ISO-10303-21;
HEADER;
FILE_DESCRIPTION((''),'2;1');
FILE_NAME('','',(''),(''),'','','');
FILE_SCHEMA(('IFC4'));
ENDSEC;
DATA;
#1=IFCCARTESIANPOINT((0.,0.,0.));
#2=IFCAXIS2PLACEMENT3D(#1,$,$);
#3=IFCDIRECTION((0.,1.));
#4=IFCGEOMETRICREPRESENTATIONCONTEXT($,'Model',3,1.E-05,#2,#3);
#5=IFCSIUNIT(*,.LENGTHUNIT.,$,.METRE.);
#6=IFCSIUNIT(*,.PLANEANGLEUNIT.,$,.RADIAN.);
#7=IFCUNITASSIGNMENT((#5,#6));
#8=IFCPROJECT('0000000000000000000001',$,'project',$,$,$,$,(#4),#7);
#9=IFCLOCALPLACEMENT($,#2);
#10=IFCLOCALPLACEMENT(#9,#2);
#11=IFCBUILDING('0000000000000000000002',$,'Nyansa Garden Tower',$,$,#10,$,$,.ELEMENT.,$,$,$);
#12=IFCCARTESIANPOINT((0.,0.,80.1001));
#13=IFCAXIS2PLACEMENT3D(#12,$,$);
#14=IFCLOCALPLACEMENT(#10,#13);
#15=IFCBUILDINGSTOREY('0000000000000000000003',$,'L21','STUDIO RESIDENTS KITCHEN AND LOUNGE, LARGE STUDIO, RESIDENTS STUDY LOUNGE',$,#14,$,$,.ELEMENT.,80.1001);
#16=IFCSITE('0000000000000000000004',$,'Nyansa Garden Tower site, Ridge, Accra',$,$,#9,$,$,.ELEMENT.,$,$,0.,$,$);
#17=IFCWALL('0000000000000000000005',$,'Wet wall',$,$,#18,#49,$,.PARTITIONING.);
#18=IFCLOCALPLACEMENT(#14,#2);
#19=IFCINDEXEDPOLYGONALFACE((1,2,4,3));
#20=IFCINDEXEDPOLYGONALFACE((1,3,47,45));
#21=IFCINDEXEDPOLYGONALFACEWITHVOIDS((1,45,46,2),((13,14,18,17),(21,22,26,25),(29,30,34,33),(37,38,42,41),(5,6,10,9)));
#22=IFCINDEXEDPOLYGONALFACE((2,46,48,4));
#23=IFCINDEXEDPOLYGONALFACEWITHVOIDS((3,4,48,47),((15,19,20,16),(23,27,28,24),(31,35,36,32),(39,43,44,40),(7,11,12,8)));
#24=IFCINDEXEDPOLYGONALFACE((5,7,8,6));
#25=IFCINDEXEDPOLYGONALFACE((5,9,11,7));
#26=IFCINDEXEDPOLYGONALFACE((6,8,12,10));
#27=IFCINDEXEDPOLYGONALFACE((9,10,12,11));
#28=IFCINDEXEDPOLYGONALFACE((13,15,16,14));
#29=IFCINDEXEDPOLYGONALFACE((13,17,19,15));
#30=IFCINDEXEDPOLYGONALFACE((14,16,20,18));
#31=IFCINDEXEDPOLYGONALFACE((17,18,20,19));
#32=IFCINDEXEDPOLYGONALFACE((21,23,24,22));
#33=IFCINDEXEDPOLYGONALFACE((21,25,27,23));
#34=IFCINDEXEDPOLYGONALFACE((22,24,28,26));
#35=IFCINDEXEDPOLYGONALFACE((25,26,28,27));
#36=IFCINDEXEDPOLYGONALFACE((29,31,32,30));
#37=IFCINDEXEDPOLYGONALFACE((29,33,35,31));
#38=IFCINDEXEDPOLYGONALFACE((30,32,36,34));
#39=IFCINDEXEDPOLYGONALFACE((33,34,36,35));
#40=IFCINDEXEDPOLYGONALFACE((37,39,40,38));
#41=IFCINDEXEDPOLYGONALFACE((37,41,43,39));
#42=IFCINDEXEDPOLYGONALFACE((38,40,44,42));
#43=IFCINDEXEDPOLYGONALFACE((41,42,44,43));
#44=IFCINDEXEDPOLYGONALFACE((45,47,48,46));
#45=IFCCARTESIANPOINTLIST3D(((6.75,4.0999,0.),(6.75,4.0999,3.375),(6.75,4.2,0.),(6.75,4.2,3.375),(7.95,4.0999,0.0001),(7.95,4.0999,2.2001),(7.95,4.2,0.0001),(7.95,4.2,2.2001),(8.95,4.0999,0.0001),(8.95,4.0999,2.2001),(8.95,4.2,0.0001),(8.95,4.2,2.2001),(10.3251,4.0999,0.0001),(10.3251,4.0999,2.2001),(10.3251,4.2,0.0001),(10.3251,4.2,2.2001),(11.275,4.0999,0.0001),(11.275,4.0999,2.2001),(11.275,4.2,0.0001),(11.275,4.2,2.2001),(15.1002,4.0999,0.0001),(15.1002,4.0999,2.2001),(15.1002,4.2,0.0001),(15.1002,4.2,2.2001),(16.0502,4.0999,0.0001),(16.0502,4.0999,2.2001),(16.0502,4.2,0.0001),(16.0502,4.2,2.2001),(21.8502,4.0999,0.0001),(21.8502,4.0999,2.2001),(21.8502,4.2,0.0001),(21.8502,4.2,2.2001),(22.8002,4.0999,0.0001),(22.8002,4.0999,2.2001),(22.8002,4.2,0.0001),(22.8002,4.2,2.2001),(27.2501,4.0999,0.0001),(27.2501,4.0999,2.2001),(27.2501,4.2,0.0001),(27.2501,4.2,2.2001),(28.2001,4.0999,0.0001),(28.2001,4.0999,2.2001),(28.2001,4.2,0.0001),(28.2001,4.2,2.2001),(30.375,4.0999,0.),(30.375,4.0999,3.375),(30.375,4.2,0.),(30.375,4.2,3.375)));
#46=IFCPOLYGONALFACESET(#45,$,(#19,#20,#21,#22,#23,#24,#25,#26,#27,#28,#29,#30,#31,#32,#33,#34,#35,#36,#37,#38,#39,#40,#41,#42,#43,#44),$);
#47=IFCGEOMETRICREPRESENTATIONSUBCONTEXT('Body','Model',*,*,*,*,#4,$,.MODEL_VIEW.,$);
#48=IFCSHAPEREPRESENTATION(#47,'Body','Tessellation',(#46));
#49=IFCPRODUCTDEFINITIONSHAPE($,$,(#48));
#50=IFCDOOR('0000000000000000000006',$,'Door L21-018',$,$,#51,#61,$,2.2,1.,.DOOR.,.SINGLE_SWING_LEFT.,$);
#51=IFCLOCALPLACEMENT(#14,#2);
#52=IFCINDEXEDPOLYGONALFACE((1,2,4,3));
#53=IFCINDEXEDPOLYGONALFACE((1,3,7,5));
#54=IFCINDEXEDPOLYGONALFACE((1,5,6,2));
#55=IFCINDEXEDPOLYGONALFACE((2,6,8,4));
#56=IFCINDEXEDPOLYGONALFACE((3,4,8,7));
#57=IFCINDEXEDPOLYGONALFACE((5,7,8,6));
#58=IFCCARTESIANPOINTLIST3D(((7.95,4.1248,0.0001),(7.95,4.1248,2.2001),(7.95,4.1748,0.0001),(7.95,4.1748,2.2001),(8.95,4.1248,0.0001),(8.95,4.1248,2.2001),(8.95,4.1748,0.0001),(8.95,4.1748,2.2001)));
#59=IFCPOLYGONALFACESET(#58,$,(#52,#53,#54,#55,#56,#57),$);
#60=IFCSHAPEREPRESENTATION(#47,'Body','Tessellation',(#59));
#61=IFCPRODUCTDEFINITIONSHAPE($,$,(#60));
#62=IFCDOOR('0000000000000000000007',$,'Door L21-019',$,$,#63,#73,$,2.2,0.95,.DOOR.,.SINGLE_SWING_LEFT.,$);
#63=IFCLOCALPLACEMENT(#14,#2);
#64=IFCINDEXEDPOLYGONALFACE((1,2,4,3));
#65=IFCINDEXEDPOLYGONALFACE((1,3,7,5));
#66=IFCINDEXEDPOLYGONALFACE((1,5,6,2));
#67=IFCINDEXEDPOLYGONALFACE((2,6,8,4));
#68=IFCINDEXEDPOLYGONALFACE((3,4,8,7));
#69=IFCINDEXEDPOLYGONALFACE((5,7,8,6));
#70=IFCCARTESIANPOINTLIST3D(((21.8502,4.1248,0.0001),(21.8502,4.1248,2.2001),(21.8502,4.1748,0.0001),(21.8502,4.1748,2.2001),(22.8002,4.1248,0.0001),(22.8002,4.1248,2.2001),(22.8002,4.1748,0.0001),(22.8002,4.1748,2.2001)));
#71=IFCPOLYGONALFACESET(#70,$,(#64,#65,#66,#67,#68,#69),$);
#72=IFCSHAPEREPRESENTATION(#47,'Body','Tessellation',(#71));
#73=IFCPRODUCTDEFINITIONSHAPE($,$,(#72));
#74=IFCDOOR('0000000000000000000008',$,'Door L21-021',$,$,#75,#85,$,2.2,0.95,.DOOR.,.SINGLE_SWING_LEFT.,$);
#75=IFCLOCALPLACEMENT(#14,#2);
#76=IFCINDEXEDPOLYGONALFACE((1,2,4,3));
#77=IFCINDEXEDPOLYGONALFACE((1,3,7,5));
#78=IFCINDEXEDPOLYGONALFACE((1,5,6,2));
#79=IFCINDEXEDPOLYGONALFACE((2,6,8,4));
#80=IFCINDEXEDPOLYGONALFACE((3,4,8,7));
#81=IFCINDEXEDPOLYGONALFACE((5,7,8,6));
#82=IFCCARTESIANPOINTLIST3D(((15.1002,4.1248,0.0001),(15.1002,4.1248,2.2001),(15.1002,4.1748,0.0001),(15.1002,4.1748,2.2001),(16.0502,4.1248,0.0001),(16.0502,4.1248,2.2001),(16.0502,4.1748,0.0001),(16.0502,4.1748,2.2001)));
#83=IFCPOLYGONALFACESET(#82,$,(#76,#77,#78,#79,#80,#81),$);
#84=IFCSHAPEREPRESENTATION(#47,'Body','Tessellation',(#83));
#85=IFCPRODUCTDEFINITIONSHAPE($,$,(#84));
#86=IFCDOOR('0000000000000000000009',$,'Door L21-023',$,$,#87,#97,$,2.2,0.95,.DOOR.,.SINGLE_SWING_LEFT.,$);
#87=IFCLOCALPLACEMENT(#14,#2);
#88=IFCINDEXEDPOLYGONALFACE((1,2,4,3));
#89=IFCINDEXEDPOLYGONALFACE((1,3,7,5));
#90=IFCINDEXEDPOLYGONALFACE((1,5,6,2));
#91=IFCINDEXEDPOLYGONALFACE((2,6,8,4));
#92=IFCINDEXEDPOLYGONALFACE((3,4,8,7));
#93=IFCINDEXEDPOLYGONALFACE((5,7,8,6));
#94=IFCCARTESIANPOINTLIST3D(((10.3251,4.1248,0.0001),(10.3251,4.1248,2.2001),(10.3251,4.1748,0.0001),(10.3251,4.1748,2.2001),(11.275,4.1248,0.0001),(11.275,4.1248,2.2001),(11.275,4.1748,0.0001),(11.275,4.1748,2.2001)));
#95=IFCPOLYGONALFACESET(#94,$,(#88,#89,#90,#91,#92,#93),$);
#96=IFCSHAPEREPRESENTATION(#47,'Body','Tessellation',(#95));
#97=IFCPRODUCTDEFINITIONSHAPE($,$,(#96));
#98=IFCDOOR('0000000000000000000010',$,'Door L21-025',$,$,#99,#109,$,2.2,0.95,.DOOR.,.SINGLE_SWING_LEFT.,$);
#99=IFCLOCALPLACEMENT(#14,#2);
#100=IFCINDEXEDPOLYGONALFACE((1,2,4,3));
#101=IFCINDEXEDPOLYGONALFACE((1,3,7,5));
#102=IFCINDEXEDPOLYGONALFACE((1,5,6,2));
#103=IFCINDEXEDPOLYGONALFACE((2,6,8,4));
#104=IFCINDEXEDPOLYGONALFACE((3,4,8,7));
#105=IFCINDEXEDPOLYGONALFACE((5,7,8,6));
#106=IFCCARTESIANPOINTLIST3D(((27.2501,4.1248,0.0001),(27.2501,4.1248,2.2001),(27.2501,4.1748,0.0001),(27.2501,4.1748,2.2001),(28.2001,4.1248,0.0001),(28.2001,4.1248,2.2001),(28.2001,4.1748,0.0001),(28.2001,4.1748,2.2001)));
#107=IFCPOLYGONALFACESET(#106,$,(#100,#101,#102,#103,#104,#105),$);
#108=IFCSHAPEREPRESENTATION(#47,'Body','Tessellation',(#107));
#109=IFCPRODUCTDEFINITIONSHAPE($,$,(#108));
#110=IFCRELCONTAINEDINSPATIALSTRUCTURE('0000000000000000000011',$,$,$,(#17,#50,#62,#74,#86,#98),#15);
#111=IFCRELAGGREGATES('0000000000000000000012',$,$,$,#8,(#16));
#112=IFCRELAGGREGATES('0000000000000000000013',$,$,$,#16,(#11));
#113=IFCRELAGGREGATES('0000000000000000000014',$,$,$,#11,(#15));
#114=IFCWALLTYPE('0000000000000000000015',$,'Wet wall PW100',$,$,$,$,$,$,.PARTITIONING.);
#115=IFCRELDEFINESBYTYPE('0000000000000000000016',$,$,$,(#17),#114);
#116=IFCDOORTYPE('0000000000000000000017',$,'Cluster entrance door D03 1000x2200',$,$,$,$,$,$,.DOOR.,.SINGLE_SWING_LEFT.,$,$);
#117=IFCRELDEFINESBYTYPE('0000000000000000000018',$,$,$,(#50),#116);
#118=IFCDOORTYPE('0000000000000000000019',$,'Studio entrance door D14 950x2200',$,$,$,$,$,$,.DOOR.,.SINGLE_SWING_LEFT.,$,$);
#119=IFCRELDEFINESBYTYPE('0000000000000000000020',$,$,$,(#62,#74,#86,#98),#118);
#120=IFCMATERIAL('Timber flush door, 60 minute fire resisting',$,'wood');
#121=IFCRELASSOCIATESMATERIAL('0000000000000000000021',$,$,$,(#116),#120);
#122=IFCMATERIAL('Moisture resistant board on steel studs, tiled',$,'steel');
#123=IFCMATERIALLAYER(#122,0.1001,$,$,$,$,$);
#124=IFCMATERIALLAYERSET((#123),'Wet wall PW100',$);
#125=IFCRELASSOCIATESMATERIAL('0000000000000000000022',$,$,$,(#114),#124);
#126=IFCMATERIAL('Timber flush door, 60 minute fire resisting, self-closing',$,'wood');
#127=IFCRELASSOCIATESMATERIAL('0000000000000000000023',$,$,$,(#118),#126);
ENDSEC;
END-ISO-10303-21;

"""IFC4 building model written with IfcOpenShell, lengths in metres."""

from ifc_helpers import new_model, si_unit, direction, frame, frame_2d, origin, place, context, subcontext, project, spatial, rectangle, extrude, material, layer, layer_set, type_object, element, fill, save


model = new_model("IFC4")

# Units and contexts
model_context = context("Model", 3, precision=1e-05, world=origin(), true_north=direction((0.0, 1.0)))
body_context = subcontext(model_context, "Body", "Model", "MODEL_VIEW")
ifc_project = project(units=[si_unit("LENGTHUNIT", "METRE"), si_unit("PLANEANGLEUNIT", "RADIAN")], contexts=[model_context])

# Site, building, storey
site_placement = place(None, origin())
site = spatial("IfcSite", under=ifc_project, at=site_placement, Name="Nyansa Garden Tower site, Ridge, Accra", CompositionType="ELEMENT", RefElevation=0.0)
building_placement = place(site_placement, origin())
building = spatial("IfcBuilding", under=site, at=building_placement, Name="Nyansa Garden Tower", CompositionType="ELEMENT")
storey_placement = place(building_placement, frame((0.0, 0.0, 80.1001)))
storey = spatial("IfcBuildingStorey", under=building, at=storey_placement, Name="L21", Description="STUDIO RESIDENTS KITCHEN AND LOUNGE, LARGE STUDIO, RESIDENTS STUDY LOUNGE", CompositionType="ELEMENT", Elevation=80.1001)

# Shared definitions
ifc_material_1 = material(Name="Timber flush door, 60 minute fire resisting", Category="wood")
door_type_1 = type_object("IfcDoorType", Name="Cluster entrance door D03 1000x2200", OperationType="SINGLE_SWING_LEFT", PredefinedType="DOOR", material=ifc_material_1)

# Wall, openings, doors
ifc_material_2 = material(Name="Moisture resistant board on steel studs, tiled", Category="steel")
ifc_layer_1 = layer(ifc_material_2, 0.1001)
ifc_layer_set_1 = layer_set([ifc_layer_1], Name="Wet wall PW100")
wall_type_1 = type_object("IfcWallType", Name="Wet wall PW100", PredefinedType="PARTITIONING", material=ifc_layer_set_1)
wall_1_placement = place(storey_placement, frame((6.75, 4.1499, 0.0), z_axis=(0.0, 0.0, 1.0), x_axis=(1.0, 0.0, 0.0)))
wall_1 = element("IfcWall", 1, at=wall_1_placement, inside=storey, type_object=wall_type_1, Name="Wet wall", PredefinedType="PARTITIONING", context=body_context, shape_type="SweptSolid", body=[
    extrude(rectangle(XDim=23.625, YDim=0.1001, at=frame_2d((11.8125, 0.0))), origin(), (0.0, 0.0, 1.0), 3.375),
])
opening_1_placement = place(wall_1_placement, frame((1.2, 0.0, 0.0)))
opening_1 = element("IfcOpeningElement", 2, at=opening_1_placement, cuts=wall_1, PredefinedType="OPENING", context=body_context, shape_type="SweptSolid", body=[
    extrude(rectangle(XDim=1.0, YDim=2.2, at=frame_2d((0.5, 1.1001))), frame((0.0, 0.0601, 0.0), z_axis=(0.0, -1.0, 0.0), x_axis=(1.0, 0.0, 0.0)), (0.0, 0.0, 1.0), 0.1201),
])
opening_2_placement = place(wall_1_placement, frame((15.1001, 0.0, 0.0)))
opening_2 = element("IfcOpeningElement", 3, at=opening_2_placement, cuts=wall_1, PredefinedType="OPENING", context=body_context, shape_type="SweptSolid", body=[
    extrude(rectangle(XDim=0.95, YDim=2.2, at=frame_2d((0.4751, 1.1001))), frame((0.0, 0.0601, 0.0), z_axis=(0.0, -1.0, 0.0), x_axis=(1.0, 0.0, 0.0)), (0.0, 0.0, 1.0), 0.1201),
])
opening_3_placement = place(wall_1_placement, frame((8.3501, 0.0, 0.0)))
opening_3 = element("IfcOpeningElement", 4, at=opening_3_placement, cuts=wall_1, PredefinedType="OPENING", context=body_context, shape_type="SweptSolid", body=[
    extrude(rectangle(XDim=0.95, YDim=2.2, at=frame_2d((0.4751, 1.1001))), frame((0.0, 0.0601, 0.0), z_axis=(0.0, -1.0, 0.0), x_axis=(1.0, 0.0, 0.0)), (0.0, 0.0, 1.0), 0.1201),
])
opening_4_placement = place(wall_1_placement, frame((3.575, 0.0, 0.0)))
opening_4 = element("IfcOpeningElement", 5, at=opening_4_placement, cuts=wall_1, PredefinedType="OPENING", context=body_context, shape_type="SweptSolid", body=[
    extrude(rectangle(XDim=0.95, YDim=2.2, at=frame_2d((0.4751, 1.1001))), frame((0.0, 0.0601, 0.0), z_axis=(0.0, -1.0, 0.0), x_axis=(1.0, 0.0, 0.0)), (0.0, 0.0, 1.0), 0.1201),
])
opening_5_placement = place(wall_1_placement, frame((20.5, 0.0, 0.0)))
opening_5 = element("IfcOpeningElement", 6, at=opening_5_placement, cuts=wall_1, PredefinedType="OPENING", context=body_context, shape_type="SweptSolid", body=[
    extrude(rectangle(XDim=0.95, YDim=2.2, at=frame_2d((0.4751, 1.1001))), frame((0.0, 0.0601, 0.0), z_axis=(0.0, -1.0, 0.0), x_axis=(1.0, 0.0, 0.0)), (0.0, 0.0, 1.0), 0.1201),
])
door_1_placement = place(opening_1_placement, origin())
door_1 = element("IfcDoor", 7, at=door_1_placement, inside=storey, type_object=door_type_1, Name="Door L21-018", OperationType="SINGLE_SWING_LEFT", OverallHeight=2.2, OverallWidth=1.0, PredefinedType="DOOR", context=body_context, shape_type="SweptSolid", body=[
    extrude(rectangle(XDim=1.0, YDim=2.2, at=frame_2d((0.5, 1.1001))), frame((0.0, 0.0249, 0.0), z_axis=(0.0, -1.0, 0.0), x_axis=(1.0, 0.0, 0.0)), (0.0, 0.0, 1.0), 0.05),
])
fill(opening_1, door_1)
ifc_material_3 = material(Name="Timber flush door, 60 minute fire resisting, self-closing", Category="wood")
door_type_2 = type_object("IfcDoorType", Name="Studio entrance door D14 950x2200", OperationType="SINGLE_SWING_LEFT", PredefinedType="DOOR", material=ifc_material_3)
door_2_placement = place(opening_2_placement, origin())
door_2 = element("IfcDoor", 8, at=door_2_placement, inside=storey, type_object=door_type_2, Name="Door L21-019", OperationType="SINGLE_SWING_LEFT", OverallHeight=2.2, OverallWidth=0.95, PredefinedType="DOOR", context=body_context, shape_type="SweptSolid", body=[
    extrude(rectangle(XDim=0.95, YDim=2.2, at=frame_2d((0.4751, 1.1001))), frame((0.0, 0.0249, 0.0), z_axis=(0.0, -1.0, 0.0), x_axis=(1.0, 0.0, 0.0)), (0.0, 0.0, 1.0), 0.05),
])
fill(opening_2, door_2)
door_3_placement = place(opening_3_placement, origin())
door_3 = element("IfcDoor", 9, at=door_3_placement, inside=storey, type_object=door_type_2, Name="Door L21-021", OperationType="SINGLE_SWING_LEFT", OverallHeight=2.2, OverallWidth=0.95, PredefinedType="DOOR", context=body_context, shape_type="SweptSolid", body=[
    extrude(rectangle(XDim=0.95, YDim=2.2, at=frame_2d((0.4751, 1.1001))), frame((0.0, 0.0249, 0.0), z_axis=(0.0, -1.0, 0.0), x_axis=(1.0, 0.0, 0.0)), (0.0, 0.0, 1.0), 0.05),
])
fill(opening_3, door_3)
door_4_placement = place(opening_4_placement, origin())
door_4 = element("IfcDoor", 10, at=door_4_placement, inside=storey, type_object=door_type_2, Name="Door L21-023", OperationType="SINGLE_SWING_LEFT", OverallHeight=2.2, OverallWidth=0.95, PredefinedType="DOOR", context=body_context, shape_type="SweptSolid", body=[
    extrude(rectangle(XDim=0.95, YDim=2.2, at=frame_2d((0.4751, 1.1001))), frame((0.0, 0.0249, 0.0), z_axis=(0.0, -1.0, 0.0), x_axis=(1.0, 0.0, 0.0)), (0.0, 0.0, 1.0), 0.05),
])
fill(opening_4, door_4)
door_5_placement = place(opening_5_placement, origin())
door_5 = element("IfcDoor", 11, at=door_5_placement, inside=storey, type_object=door_type_2, Name="Door L21-025", OperationType="SINGLE_SWING_LEFT", OverallHeight=2.2, OverallWidth=0.95, PredefinedType="DOOR", context=body_context, shape_type="SweptSolid", body=[
    extrude(rectangle(XDim=0.95, YDim=2.2, at=frame_2d((0.4751, 1.1001))), frame((0.0, 0.0249, 0.0), z_axis=(0.0, -1.0, 0.0), x_axis=(1.0, 0.0, 0.0)), (0.0, 0.0, 1.0), 0.05),
])
fill(opening_5, door_5)

save(model, "model.ifc")
